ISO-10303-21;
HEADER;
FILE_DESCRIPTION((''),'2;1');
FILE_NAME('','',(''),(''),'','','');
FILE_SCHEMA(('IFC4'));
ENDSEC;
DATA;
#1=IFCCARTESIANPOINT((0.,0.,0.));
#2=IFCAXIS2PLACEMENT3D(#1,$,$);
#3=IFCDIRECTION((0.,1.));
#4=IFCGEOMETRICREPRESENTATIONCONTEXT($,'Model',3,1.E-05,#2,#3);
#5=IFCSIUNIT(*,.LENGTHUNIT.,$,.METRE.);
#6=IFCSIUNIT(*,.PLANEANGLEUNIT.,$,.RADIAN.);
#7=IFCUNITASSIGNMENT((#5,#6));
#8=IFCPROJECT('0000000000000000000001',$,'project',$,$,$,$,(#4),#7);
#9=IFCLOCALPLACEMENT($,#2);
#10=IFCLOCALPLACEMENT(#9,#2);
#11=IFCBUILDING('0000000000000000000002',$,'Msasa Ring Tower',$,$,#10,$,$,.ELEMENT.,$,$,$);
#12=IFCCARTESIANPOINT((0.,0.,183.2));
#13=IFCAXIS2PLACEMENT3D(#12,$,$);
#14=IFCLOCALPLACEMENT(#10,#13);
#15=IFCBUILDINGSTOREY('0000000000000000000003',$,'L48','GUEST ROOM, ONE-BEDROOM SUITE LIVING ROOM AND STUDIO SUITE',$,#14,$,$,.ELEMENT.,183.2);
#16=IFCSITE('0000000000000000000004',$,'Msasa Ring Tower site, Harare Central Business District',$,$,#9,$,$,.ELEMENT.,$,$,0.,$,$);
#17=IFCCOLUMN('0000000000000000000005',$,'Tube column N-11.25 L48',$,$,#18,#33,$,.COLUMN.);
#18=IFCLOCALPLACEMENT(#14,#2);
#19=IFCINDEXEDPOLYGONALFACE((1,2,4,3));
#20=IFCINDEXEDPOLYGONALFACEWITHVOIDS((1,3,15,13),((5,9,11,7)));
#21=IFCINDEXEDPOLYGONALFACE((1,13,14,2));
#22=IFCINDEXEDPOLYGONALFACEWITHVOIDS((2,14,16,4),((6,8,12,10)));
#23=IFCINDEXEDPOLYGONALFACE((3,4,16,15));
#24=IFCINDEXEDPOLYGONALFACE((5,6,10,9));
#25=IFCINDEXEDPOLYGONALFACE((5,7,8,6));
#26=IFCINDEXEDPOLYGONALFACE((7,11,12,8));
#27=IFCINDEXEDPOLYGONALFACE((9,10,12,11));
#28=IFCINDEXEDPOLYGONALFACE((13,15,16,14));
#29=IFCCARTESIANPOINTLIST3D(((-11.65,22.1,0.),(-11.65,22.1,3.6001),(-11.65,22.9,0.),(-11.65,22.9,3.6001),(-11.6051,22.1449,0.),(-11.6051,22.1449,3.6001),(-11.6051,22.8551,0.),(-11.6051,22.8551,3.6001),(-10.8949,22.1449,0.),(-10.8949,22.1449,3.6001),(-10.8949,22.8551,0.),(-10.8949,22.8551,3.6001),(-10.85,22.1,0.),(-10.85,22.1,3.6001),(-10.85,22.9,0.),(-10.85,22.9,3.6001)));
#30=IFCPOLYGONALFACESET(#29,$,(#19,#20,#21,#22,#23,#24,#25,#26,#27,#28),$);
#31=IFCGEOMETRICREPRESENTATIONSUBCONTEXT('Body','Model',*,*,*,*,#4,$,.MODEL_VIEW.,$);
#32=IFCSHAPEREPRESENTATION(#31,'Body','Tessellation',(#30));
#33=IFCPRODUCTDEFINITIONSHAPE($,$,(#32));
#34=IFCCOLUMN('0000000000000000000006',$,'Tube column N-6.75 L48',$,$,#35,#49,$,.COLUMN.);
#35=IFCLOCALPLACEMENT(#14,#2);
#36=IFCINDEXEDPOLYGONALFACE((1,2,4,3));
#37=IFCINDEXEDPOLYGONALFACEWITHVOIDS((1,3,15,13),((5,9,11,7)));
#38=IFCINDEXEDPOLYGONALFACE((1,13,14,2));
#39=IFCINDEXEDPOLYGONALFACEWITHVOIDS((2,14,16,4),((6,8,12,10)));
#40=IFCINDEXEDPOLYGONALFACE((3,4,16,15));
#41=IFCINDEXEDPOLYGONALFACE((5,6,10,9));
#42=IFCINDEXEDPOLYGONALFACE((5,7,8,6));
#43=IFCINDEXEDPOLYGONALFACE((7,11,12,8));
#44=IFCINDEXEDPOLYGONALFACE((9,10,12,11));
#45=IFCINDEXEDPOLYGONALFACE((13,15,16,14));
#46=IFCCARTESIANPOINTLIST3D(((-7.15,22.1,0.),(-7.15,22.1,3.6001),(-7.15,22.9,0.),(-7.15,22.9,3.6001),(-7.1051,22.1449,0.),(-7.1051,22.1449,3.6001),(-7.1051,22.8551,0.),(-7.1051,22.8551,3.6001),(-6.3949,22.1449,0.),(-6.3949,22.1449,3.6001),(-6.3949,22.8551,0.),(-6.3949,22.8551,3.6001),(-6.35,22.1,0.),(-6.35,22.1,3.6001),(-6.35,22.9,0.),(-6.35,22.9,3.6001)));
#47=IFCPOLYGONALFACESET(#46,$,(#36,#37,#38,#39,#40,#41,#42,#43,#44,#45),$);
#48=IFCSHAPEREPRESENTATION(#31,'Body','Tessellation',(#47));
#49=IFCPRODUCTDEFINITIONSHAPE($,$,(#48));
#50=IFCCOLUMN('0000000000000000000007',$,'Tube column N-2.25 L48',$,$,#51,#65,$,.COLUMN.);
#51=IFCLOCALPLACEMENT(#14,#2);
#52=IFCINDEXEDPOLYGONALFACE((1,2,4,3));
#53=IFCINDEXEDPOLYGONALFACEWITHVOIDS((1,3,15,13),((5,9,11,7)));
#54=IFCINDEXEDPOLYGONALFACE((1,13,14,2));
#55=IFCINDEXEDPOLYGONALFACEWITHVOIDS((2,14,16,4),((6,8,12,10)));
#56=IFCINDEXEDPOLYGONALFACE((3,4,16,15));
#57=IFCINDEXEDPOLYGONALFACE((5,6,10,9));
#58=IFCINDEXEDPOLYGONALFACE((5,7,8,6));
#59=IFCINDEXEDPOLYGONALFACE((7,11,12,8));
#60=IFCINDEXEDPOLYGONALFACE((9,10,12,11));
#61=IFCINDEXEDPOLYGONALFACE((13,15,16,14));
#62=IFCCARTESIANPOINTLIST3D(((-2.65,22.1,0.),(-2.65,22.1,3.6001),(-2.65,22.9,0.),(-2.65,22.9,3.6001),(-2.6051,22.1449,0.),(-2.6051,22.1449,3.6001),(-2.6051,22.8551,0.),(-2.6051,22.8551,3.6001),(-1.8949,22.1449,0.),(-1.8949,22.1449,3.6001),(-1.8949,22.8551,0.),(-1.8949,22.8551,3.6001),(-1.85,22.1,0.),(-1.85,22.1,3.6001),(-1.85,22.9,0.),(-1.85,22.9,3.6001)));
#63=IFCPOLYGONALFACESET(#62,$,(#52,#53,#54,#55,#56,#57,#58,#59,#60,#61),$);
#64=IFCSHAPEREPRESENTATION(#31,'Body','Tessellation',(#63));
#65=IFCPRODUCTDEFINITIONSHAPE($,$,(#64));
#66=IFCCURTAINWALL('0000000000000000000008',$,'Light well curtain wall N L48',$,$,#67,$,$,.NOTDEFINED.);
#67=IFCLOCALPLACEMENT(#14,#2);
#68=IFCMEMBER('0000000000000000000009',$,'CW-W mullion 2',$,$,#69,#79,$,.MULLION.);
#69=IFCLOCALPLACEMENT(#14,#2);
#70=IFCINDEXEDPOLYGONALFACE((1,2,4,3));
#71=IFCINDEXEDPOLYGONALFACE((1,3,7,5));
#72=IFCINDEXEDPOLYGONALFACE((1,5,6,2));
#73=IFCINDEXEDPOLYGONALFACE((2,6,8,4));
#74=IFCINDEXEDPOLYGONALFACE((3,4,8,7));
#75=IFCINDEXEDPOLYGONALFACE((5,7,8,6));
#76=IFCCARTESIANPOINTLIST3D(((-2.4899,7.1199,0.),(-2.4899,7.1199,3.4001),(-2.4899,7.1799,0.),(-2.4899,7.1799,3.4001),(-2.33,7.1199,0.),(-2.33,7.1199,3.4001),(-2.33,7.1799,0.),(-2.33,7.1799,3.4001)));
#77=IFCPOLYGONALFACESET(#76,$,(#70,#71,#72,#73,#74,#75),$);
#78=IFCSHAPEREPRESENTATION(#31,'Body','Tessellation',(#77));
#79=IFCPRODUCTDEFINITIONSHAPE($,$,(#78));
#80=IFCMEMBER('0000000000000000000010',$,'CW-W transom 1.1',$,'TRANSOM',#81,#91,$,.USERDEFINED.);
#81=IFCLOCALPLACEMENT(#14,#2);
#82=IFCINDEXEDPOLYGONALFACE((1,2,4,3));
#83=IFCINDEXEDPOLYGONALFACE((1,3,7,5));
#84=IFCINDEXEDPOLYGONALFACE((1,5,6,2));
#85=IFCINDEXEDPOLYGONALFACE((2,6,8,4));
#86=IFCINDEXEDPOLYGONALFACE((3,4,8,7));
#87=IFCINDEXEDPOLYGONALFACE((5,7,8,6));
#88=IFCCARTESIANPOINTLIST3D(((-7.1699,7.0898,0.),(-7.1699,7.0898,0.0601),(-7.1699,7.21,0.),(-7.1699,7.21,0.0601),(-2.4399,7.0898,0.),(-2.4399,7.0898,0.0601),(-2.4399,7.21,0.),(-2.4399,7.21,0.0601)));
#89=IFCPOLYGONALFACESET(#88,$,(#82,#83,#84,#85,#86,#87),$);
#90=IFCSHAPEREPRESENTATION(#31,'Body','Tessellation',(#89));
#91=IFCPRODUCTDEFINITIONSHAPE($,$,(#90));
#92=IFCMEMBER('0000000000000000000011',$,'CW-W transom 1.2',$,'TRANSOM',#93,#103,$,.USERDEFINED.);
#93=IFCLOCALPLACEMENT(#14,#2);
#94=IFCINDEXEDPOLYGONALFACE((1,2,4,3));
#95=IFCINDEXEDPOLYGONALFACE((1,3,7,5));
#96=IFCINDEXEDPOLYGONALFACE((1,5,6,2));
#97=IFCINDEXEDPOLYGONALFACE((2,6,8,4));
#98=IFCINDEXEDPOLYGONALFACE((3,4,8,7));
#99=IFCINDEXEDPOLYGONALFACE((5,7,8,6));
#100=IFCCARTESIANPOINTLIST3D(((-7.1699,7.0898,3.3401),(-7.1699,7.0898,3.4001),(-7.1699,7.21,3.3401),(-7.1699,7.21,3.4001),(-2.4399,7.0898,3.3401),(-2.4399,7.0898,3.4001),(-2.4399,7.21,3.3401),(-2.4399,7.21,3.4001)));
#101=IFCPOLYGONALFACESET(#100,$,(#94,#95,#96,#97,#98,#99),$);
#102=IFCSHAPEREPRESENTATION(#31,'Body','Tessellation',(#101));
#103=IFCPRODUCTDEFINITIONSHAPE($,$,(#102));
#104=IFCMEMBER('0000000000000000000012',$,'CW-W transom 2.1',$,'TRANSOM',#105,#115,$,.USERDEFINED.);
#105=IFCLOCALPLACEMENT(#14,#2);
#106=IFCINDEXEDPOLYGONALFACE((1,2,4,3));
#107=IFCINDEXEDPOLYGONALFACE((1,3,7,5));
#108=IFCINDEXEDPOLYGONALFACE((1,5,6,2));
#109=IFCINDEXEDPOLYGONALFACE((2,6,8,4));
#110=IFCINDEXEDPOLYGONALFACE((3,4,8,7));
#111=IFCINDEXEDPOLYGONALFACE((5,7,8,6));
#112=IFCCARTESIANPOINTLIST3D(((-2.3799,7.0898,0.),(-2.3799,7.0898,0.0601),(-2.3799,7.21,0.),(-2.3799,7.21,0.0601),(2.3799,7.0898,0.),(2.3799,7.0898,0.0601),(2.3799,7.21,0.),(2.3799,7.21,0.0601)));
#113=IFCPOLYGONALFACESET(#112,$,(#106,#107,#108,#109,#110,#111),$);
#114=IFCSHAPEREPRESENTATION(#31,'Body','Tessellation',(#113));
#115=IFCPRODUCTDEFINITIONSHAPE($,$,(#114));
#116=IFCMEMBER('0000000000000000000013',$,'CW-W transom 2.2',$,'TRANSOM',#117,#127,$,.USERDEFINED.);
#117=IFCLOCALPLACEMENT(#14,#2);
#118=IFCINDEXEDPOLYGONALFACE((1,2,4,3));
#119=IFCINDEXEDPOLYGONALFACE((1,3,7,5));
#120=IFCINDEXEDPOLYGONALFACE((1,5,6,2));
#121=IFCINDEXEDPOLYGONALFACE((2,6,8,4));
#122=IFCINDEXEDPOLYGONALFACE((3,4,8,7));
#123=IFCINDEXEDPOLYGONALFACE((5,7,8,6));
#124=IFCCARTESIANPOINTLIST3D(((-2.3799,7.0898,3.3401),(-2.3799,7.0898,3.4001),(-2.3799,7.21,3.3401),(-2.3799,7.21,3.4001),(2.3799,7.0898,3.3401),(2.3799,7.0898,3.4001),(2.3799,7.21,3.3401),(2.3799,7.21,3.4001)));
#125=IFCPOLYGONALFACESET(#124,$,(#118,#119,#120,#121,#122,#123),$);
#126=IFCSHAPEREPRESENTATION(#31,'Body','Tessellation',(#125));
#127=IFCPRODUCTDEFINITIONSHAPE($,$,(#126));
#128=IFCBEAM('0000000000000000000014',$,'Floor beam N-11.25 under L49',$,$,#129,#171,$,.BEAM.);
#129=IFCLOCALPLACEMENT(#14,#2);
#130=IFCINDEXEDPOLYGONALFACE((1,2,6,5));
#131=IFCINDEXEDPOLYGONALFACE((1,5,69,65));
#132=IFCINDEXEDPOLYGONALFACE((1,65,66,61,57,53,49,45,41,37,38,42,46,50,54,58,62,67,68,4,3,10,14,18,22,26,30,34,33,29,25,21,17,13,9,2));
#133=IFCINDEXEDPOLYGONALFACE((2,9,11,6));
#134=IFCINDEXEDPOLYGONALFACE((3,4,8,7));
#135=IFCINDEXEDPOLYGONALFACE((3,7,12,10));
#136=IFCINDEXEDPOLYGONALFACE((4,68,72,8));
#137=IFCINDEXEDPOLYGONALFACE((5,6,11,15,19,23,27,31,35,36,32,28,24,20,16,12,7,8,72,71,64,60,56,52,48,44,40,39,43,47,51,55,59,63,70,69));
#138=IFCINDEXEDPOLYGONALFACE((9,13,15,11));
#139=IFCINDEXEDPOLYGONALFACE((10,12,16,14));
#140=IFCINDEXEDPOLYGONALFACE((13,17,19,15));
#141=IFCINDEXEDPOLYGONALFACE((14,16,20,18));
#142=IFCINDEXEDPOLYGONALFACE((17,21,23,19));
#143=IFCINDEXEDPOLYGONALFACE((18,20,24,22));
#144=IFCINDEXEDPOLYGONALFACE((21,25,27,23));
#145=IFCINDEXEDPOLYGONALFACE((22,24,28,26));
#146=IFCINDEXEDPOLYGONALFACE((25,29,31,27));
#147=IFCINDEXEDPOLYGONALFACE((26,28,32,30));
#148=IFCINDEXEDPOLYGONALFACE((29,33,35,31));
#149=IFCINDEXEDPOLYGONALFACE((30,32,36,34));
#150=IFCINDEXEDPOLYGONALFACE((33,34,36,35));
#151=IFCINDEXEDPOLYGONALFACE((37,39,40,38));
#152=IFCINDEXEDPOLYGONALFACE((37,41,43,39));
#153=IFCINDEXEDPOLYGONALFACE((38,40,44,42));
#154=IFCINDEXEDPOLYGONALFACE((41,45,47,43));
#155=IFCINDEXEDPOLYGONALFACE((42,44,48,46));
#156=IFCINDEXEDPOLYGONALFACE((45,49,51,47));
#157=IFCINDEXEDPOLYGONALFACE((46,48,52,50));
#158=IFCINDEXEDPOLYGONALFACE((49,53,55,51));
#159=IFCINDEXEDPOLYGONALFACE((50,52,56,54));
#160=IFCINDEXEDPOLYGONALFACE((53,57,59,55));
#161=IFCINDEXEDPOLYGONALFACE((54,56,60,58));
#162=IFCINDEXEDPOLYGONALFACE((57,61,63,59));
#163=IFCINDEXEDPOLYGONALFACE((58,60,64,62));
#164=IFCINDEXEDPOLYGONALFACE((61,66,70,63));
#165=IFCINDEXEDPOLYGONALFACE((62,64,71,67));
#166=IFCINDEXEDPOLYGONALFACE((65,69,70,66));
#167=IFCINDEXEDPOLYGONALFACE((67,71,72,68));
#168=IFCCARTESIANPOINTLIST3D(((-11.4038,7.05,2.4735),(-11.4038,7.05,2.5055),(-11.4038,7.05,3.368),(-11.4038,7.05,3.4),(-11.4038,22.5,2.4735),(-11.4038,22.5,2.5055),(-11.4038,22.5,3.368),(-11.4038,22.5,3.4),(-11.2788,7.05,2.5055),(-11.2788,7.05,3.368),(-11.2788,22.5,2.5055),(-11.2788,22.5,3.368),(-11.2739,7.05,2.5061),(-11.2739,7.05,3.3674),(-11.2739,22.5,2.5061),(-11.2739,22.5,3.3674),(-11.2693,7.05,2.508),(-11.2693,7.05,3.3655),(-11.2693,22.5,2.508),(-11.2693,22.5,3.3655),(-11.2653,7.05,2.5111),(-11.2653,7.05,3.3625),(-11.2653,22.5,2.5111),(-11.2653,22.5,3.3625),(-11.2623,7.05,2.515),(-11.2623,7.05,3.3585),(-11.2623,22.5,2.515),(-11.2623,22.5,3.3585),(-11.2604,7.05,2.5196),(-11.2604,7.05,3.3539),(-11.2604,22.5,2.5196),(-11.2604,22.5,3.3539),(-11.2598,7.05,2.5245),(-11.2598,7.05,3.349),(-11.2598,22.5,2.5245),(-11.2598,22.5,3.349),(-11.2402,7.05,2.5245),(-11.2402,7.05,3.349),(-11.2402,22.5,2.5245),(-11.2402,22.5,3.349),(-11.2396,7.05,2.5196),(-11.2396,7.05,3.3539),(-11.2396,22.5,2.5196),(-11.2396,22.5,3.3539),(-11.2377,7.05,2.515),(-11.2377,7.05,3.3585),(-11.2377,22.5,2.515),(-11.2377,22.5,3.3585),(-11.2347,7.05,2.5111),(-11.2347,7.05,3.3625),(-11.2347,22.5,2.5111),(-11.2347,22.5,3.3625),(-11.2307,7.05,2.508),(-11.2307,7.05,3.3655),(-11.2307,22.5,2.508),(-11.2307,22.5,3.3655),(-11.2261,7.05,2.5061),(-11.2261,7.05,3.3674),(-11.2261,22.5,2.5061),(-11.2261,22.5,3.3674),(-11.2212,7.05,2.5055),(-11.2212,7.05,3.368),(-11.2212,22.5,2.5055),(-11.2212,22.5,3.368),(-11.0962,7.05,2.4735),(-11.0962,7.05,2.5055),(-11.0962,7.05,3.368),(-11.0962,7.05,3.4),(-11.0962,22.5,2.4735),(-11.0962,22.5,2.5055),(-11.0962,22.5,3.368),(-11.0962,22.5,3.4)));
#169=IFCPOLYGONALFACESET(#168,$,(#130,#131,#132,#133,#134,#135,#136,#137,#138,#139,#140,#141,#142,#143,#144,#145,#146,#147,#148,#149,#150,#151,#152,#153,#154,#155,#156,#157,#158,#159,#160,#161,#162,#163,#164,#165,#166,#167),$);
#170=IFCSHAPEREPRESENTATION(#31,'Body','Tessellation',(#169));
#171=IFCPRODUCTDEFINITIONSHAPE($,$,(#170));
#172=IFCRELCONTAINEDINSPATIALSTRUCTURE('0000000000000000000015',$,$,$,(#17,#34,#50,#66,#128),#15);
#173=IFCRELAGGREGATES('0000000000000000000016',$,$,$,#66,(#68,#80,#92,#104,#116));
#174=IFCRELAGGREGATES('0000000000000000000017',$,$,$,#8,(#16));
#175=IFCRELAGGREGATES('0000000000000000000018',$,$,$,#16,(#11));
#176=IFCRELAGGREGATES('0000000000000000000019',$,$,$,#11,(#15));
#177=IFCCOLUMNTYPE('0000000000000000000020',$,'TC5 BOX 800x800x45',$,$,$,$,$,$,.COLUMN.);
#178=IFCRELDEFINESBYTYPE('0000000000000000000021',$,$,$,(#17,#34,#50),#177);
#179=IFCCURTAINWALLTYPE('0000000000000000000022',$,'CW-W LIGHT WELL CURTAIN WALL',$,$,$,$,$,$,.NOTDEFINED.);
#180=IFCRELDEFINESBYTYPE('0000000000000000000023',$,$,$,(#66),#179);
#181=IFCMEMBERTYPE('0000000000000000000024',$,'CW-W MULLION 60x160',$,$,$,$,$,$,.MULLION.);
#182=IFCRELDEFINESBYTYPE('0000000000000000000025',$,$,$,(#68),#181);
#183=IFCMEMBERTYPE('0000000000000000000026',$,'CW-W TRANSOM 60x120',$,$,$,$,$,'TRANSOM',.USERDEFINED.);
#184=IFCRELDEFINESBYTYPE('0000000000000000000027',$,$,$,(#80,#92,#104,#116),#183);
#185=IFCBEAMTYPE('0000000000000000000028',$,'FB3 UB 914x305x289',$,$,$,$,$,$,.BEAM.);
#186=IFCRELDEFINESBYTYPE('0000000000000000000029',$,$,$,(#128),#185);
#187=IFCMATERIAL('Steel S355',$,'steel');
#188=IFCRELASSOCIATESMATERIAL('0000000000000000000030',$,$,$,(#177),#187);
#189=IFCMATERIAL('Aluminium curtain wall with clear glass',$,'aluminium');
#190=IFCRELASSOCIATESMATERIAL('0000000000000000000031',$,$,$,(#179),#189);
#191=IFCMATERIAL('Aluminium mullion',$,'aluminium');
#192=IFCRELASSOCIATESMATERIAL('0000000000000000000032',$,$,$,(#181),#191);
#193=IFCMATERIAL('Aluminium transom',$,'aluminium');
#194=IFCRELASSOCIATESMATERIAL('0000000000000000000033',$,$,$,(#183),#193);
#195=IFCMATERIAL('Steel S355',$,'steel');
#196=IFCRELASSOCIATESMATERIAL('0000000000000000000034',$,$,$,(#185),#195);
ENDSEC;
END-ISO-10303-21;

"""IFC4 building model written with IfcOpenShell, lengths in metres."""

from ifc_helpers import new_model, si_unit, direction, frame, origin, origin_2d, place, context, subcontext, project, spatial, rectangle, hollow_rectangle, i_section, extrude, material, material_profile, profile_set, type_object, element, aggregate, save


model = new_model("IFC4")

# Units and contexts
model_context = context("Model", 3, precision=1e-05, world=origin(), true_north=direction((0.0, 1.0)))
body_context = subcontext(model_context, "Body", "Model", "MODEL_VIEW")
ifc_project = project(units=[si_unit("LENGTHUNIT", "METRE"), si_unit("PLANEANGLEUNIT", "RADIAN")], contexts=[model_context])

# Site, building, storey
site_placement = place(None, origin())
site = spatial("IfcSite", under=ifc_project, at=site_placement, Name="Msasa Ring Tower site, Harare Central Business District", CompositionType="ELEMENT", RefElevation=0.0)
building_placement = place(site_placement, origin())
building = spatial("IfcBuilding", under=site, at=building_placement, Name="Msasa Ring Tower", CompositionType="ELEMENT")
storey_placement = place(building_placement, frame((0.0, 0.0, 183.2)))
storey = spatial("IfcBuildingStorey", under=building, at=storey_placement, Name="L48", Description="GUEST ROOM, ONE-BEDROOM SUITE LIVING ROOM AND STUDIO SUITE", CompositionType="ELEMENT", Elevation=183.2)

# Columns
ifc_material_1 = material(Name="Steel S355", Category="steel")
ifc_material_profile_1 = material_profile(ifc_material_1, hollow_rectangle(XDim=0.8, YDim=0.8, WallThickness=0.0449, at=origin_2d()), Name="BOX 800x800x45")
ifc_profile_set_1 = profile_set([ifc_material_profile_1], Name="Steel S355")
column_type = type_object("IfcColumnType", Name="TC5 BOX 800x800x45", PredefinedType="COLUMN", material=ifc_profile_set_1)
for number, where, z_axis, x_axis, name in (
    (1, (-11.25, 22.5, 0.0), (0.0, 0.0, 1.0), (0.0, 1.0, 0.0), "Tube column N-11.25 L48"),
    (2, (-6.75, 22.5, 0.0), (0.0, 0.0, 1.0), (0.0, 1.0, 0.0), "Tube column N-6.75 L48"),
    (3, (-2.25, 22.5, 0.0), (0.0, 0.0, 1.0), (0.0, 1.0, 0.0), "Tube column N-2.25 L48"),
):
    element("IfcColumn", number, at=place(storey_placement, frame(where, z_axis=z_axis, x_axis=x_axis)), inside=storey, type_object=column_type, Name=name, PredefinedType="COLUMN", context=body_context, shape_type="SweptSolid", body=[
        extrude(hollow_rectangle(XDim=0.8, YDim=0.8, WallThickness=0.0449, at=origin_2d()), origin(), (0.0, 0.0, 1.0), 3.6001),
    ])

# Curtain wall, members
ifc_material_2 = material(Name="Aluminium curtain wall with clear glass", Category="aluminium")
curtain_wall_type = type_object("IfcCurtainWallType", Name="CW-W LIGHT WELL CURTAIN WALL", PredefinedType="NOTDEFINED", material=ifc_material_2)
curtain_wall_placement = place(storey_placement, origin())
curtain_wall = element("IfcCurtainWall", 4, at=curtain_wall_placement, inside=storey, type_object=curtain_wall_type, Name="Light well curtain wall N L48", PredefinedType="NOTDEFINED")
ifc_material_3 = material(Name="Aluminium mullion", Category="aluminium")
ifc_material_profile_2 = material_profile(ifc_material_3, rectangle(XDim=0.0601, YDim=0.1599, at=origin_2d()), Name="AL 60x160")
ifc_profile_set_2 = profile_set([ifc_material_profile_2], Name="Aluminium mullion")
member_type_1 = type_object("IfcMemberType", Name="CW-W MULLION 60x160", PredefinedType="MULLION", material=ifc_profile_set_2)
member_1_placement = place(storey_placement, frame((-2.4099, 7.1499, 0.0), z_axis=(0.0, 0.0, 1.0), x_axis=(0.0, 1.0, 0.0)))
member_1 = element("IfcMember", 5, at=member_1_placement, type_object=member_type_1, Name="CW-W mullion 2", PredefinedType="MULLION", context=body_context, shape_type="SweptSolid", body=[
    extrude(rectangle(XDim=0.0601, YDim=0.1599, at=origin_2d()), origin(), (0.0, 0.0, 1.0), 3.4001),
])
ifc_material_4 = material(Name="Aluminium transom", Category="aluminium")
ifc_material_profile_3 = material_profile(ifc_material_4, rectangle(XDim=0.1201, YDim=0.0601, at=origin_2d()), Name="AL 60x120")
ifc_profile_set_3 = profile_set([ifc_material_profile_3], Name="Aluminium transom")
member_type_2 = type_object("IfcMemberType", Name="CW-W TRANSOM 60x120", ElementType="TRANSOM", PredefinedType="USERDEFINED", material=ifc_profile_set_3)
member_2_placement = place(storey_placement, frame((-7.1699, 7.1499, 0.03), z_axis=(1.0, 0.0, 0.0), x_axis=(0.0, 1.0, 0.0)))
member_2 = element("IfcMember", 6, at=member_2_placement, type_object=member_type_2, Name="CW-W transom 1.1", ObjectType="TRANSOM", PredefinedType="USERDEFINED", context=body_context, shape_type="SweptSolid", body=[
    extrude(rectangle(XDim=0.1201, YDim=0.0601, at=origin_2d()), origin(), (0.0, 0.0, 1.0), 4.73),
])
member_3_placement = place(storey_placement, frame((-7.1699, 7.1499, 3.3701), z_axis=(1.0, 0.0, 0.0), x_axis=(0.0, 1.0, 0.0)))
member_3 = element("IfcMember", 7, at=member_3_placement, type_object=member_type_2, Name="CW-W transom 1.2", ObjectType="TRANSOM", PredefinedType="USERDEFINED", context=body_context, shape_type="SweptSolid", body=[
    extrude(rectangle(XDim=0.1201, YDim=0.0601, at=origin_2d()), origin(), (0.0, 0.0, 1.0), 4.73),
])
member_4_placement = place(storey_placement, frame((-2.3799, 7.1499, 0.03), z_axis=(1.0, 0.0, 0.0), x_axis=(0.0, 1.0, 0.0)))
member_4 = element("IfcMember", 8, at=member_4_placement, type_object=member_type_2, Name="CW-W transom 2.1", ObjectType="TRANSOM", PredefinedType="USERDEFINED", context=body_context, shape_type="SweptSolid", body=[
    extrude(rectangle(XDim=0.1201, YDim=0.0601, at=origin_2d()), origin(), (0.0, 0.0, 1.0), 4.7598),
])
member_5_placement = place(storey_placement, frame((-2.3799, 7.1499, 3.3701), z_axis=(1.0, 0.0, 0.0), x_axis=(0.0, 1.0, 0.0)))
member_5 = element("IfcMember", 9, at=member_5_placement, type_object=member_type_2, Name="CW-W transom 2.2", ObjectType="TRANSOM", PredefinedType="USERDEFINED", context=body_context, shape_type="SweptSolid", body=[
    extrude(rectangle(XDim=0.1201, YDim=0.0601, at=origin_2d()), origin(), (0.0, 0.0, 1.0), 4.7598),
])

# Beam
ifc_material_5 = material(Name="Steel S355", Category="steel")
ifc_material_profile_4 = material_profile(ifc_material_5, i_section(OverallWidth=0.3076, OverallDepth=0.9265, WebThickness=0.0195, FlangeThickness=0.032, FilletRadius=0.019, at=origin_2d()), Name="UB 914x305x289")
ifc_profile_set_4 = profile_set([ifc_material_profile_4], Name="Steel S355")
beam_type_1 = type_object("IfcBeamType", Name="FB3 UB 914x305x289", PredefinedType="BEAM", material=ifc_profile_set_4)
beam_placement = place(storey_placement, frame((-11.25, 22.5, 2.9368), z_axis=(0.0, -1.0, 0.0), x_axis=(1.0, 0.0, 0.0)))
element("IfcBeam", 10, at=beam_placement, inside=storey, type_object=beam_type_1, Name="Floor beam N-11.25 under L49", PredefinedType="BEAM", context=body_context, shape_type="SweptSolid", body=[
    extrude(i_section(OverallWidth=0.3076, OverallDepth=0.9265, WebThickness=0.0195, FlangeThickness=0.032, FilletRadius=0.019, at=origin_2d()), origin(), (0.0, 0.0, 1.0), 15.45),
])

aggregate(curtain_wall, [member_1, member_2, member_3, member_4, member_5])

save(model, "model.ifc")
